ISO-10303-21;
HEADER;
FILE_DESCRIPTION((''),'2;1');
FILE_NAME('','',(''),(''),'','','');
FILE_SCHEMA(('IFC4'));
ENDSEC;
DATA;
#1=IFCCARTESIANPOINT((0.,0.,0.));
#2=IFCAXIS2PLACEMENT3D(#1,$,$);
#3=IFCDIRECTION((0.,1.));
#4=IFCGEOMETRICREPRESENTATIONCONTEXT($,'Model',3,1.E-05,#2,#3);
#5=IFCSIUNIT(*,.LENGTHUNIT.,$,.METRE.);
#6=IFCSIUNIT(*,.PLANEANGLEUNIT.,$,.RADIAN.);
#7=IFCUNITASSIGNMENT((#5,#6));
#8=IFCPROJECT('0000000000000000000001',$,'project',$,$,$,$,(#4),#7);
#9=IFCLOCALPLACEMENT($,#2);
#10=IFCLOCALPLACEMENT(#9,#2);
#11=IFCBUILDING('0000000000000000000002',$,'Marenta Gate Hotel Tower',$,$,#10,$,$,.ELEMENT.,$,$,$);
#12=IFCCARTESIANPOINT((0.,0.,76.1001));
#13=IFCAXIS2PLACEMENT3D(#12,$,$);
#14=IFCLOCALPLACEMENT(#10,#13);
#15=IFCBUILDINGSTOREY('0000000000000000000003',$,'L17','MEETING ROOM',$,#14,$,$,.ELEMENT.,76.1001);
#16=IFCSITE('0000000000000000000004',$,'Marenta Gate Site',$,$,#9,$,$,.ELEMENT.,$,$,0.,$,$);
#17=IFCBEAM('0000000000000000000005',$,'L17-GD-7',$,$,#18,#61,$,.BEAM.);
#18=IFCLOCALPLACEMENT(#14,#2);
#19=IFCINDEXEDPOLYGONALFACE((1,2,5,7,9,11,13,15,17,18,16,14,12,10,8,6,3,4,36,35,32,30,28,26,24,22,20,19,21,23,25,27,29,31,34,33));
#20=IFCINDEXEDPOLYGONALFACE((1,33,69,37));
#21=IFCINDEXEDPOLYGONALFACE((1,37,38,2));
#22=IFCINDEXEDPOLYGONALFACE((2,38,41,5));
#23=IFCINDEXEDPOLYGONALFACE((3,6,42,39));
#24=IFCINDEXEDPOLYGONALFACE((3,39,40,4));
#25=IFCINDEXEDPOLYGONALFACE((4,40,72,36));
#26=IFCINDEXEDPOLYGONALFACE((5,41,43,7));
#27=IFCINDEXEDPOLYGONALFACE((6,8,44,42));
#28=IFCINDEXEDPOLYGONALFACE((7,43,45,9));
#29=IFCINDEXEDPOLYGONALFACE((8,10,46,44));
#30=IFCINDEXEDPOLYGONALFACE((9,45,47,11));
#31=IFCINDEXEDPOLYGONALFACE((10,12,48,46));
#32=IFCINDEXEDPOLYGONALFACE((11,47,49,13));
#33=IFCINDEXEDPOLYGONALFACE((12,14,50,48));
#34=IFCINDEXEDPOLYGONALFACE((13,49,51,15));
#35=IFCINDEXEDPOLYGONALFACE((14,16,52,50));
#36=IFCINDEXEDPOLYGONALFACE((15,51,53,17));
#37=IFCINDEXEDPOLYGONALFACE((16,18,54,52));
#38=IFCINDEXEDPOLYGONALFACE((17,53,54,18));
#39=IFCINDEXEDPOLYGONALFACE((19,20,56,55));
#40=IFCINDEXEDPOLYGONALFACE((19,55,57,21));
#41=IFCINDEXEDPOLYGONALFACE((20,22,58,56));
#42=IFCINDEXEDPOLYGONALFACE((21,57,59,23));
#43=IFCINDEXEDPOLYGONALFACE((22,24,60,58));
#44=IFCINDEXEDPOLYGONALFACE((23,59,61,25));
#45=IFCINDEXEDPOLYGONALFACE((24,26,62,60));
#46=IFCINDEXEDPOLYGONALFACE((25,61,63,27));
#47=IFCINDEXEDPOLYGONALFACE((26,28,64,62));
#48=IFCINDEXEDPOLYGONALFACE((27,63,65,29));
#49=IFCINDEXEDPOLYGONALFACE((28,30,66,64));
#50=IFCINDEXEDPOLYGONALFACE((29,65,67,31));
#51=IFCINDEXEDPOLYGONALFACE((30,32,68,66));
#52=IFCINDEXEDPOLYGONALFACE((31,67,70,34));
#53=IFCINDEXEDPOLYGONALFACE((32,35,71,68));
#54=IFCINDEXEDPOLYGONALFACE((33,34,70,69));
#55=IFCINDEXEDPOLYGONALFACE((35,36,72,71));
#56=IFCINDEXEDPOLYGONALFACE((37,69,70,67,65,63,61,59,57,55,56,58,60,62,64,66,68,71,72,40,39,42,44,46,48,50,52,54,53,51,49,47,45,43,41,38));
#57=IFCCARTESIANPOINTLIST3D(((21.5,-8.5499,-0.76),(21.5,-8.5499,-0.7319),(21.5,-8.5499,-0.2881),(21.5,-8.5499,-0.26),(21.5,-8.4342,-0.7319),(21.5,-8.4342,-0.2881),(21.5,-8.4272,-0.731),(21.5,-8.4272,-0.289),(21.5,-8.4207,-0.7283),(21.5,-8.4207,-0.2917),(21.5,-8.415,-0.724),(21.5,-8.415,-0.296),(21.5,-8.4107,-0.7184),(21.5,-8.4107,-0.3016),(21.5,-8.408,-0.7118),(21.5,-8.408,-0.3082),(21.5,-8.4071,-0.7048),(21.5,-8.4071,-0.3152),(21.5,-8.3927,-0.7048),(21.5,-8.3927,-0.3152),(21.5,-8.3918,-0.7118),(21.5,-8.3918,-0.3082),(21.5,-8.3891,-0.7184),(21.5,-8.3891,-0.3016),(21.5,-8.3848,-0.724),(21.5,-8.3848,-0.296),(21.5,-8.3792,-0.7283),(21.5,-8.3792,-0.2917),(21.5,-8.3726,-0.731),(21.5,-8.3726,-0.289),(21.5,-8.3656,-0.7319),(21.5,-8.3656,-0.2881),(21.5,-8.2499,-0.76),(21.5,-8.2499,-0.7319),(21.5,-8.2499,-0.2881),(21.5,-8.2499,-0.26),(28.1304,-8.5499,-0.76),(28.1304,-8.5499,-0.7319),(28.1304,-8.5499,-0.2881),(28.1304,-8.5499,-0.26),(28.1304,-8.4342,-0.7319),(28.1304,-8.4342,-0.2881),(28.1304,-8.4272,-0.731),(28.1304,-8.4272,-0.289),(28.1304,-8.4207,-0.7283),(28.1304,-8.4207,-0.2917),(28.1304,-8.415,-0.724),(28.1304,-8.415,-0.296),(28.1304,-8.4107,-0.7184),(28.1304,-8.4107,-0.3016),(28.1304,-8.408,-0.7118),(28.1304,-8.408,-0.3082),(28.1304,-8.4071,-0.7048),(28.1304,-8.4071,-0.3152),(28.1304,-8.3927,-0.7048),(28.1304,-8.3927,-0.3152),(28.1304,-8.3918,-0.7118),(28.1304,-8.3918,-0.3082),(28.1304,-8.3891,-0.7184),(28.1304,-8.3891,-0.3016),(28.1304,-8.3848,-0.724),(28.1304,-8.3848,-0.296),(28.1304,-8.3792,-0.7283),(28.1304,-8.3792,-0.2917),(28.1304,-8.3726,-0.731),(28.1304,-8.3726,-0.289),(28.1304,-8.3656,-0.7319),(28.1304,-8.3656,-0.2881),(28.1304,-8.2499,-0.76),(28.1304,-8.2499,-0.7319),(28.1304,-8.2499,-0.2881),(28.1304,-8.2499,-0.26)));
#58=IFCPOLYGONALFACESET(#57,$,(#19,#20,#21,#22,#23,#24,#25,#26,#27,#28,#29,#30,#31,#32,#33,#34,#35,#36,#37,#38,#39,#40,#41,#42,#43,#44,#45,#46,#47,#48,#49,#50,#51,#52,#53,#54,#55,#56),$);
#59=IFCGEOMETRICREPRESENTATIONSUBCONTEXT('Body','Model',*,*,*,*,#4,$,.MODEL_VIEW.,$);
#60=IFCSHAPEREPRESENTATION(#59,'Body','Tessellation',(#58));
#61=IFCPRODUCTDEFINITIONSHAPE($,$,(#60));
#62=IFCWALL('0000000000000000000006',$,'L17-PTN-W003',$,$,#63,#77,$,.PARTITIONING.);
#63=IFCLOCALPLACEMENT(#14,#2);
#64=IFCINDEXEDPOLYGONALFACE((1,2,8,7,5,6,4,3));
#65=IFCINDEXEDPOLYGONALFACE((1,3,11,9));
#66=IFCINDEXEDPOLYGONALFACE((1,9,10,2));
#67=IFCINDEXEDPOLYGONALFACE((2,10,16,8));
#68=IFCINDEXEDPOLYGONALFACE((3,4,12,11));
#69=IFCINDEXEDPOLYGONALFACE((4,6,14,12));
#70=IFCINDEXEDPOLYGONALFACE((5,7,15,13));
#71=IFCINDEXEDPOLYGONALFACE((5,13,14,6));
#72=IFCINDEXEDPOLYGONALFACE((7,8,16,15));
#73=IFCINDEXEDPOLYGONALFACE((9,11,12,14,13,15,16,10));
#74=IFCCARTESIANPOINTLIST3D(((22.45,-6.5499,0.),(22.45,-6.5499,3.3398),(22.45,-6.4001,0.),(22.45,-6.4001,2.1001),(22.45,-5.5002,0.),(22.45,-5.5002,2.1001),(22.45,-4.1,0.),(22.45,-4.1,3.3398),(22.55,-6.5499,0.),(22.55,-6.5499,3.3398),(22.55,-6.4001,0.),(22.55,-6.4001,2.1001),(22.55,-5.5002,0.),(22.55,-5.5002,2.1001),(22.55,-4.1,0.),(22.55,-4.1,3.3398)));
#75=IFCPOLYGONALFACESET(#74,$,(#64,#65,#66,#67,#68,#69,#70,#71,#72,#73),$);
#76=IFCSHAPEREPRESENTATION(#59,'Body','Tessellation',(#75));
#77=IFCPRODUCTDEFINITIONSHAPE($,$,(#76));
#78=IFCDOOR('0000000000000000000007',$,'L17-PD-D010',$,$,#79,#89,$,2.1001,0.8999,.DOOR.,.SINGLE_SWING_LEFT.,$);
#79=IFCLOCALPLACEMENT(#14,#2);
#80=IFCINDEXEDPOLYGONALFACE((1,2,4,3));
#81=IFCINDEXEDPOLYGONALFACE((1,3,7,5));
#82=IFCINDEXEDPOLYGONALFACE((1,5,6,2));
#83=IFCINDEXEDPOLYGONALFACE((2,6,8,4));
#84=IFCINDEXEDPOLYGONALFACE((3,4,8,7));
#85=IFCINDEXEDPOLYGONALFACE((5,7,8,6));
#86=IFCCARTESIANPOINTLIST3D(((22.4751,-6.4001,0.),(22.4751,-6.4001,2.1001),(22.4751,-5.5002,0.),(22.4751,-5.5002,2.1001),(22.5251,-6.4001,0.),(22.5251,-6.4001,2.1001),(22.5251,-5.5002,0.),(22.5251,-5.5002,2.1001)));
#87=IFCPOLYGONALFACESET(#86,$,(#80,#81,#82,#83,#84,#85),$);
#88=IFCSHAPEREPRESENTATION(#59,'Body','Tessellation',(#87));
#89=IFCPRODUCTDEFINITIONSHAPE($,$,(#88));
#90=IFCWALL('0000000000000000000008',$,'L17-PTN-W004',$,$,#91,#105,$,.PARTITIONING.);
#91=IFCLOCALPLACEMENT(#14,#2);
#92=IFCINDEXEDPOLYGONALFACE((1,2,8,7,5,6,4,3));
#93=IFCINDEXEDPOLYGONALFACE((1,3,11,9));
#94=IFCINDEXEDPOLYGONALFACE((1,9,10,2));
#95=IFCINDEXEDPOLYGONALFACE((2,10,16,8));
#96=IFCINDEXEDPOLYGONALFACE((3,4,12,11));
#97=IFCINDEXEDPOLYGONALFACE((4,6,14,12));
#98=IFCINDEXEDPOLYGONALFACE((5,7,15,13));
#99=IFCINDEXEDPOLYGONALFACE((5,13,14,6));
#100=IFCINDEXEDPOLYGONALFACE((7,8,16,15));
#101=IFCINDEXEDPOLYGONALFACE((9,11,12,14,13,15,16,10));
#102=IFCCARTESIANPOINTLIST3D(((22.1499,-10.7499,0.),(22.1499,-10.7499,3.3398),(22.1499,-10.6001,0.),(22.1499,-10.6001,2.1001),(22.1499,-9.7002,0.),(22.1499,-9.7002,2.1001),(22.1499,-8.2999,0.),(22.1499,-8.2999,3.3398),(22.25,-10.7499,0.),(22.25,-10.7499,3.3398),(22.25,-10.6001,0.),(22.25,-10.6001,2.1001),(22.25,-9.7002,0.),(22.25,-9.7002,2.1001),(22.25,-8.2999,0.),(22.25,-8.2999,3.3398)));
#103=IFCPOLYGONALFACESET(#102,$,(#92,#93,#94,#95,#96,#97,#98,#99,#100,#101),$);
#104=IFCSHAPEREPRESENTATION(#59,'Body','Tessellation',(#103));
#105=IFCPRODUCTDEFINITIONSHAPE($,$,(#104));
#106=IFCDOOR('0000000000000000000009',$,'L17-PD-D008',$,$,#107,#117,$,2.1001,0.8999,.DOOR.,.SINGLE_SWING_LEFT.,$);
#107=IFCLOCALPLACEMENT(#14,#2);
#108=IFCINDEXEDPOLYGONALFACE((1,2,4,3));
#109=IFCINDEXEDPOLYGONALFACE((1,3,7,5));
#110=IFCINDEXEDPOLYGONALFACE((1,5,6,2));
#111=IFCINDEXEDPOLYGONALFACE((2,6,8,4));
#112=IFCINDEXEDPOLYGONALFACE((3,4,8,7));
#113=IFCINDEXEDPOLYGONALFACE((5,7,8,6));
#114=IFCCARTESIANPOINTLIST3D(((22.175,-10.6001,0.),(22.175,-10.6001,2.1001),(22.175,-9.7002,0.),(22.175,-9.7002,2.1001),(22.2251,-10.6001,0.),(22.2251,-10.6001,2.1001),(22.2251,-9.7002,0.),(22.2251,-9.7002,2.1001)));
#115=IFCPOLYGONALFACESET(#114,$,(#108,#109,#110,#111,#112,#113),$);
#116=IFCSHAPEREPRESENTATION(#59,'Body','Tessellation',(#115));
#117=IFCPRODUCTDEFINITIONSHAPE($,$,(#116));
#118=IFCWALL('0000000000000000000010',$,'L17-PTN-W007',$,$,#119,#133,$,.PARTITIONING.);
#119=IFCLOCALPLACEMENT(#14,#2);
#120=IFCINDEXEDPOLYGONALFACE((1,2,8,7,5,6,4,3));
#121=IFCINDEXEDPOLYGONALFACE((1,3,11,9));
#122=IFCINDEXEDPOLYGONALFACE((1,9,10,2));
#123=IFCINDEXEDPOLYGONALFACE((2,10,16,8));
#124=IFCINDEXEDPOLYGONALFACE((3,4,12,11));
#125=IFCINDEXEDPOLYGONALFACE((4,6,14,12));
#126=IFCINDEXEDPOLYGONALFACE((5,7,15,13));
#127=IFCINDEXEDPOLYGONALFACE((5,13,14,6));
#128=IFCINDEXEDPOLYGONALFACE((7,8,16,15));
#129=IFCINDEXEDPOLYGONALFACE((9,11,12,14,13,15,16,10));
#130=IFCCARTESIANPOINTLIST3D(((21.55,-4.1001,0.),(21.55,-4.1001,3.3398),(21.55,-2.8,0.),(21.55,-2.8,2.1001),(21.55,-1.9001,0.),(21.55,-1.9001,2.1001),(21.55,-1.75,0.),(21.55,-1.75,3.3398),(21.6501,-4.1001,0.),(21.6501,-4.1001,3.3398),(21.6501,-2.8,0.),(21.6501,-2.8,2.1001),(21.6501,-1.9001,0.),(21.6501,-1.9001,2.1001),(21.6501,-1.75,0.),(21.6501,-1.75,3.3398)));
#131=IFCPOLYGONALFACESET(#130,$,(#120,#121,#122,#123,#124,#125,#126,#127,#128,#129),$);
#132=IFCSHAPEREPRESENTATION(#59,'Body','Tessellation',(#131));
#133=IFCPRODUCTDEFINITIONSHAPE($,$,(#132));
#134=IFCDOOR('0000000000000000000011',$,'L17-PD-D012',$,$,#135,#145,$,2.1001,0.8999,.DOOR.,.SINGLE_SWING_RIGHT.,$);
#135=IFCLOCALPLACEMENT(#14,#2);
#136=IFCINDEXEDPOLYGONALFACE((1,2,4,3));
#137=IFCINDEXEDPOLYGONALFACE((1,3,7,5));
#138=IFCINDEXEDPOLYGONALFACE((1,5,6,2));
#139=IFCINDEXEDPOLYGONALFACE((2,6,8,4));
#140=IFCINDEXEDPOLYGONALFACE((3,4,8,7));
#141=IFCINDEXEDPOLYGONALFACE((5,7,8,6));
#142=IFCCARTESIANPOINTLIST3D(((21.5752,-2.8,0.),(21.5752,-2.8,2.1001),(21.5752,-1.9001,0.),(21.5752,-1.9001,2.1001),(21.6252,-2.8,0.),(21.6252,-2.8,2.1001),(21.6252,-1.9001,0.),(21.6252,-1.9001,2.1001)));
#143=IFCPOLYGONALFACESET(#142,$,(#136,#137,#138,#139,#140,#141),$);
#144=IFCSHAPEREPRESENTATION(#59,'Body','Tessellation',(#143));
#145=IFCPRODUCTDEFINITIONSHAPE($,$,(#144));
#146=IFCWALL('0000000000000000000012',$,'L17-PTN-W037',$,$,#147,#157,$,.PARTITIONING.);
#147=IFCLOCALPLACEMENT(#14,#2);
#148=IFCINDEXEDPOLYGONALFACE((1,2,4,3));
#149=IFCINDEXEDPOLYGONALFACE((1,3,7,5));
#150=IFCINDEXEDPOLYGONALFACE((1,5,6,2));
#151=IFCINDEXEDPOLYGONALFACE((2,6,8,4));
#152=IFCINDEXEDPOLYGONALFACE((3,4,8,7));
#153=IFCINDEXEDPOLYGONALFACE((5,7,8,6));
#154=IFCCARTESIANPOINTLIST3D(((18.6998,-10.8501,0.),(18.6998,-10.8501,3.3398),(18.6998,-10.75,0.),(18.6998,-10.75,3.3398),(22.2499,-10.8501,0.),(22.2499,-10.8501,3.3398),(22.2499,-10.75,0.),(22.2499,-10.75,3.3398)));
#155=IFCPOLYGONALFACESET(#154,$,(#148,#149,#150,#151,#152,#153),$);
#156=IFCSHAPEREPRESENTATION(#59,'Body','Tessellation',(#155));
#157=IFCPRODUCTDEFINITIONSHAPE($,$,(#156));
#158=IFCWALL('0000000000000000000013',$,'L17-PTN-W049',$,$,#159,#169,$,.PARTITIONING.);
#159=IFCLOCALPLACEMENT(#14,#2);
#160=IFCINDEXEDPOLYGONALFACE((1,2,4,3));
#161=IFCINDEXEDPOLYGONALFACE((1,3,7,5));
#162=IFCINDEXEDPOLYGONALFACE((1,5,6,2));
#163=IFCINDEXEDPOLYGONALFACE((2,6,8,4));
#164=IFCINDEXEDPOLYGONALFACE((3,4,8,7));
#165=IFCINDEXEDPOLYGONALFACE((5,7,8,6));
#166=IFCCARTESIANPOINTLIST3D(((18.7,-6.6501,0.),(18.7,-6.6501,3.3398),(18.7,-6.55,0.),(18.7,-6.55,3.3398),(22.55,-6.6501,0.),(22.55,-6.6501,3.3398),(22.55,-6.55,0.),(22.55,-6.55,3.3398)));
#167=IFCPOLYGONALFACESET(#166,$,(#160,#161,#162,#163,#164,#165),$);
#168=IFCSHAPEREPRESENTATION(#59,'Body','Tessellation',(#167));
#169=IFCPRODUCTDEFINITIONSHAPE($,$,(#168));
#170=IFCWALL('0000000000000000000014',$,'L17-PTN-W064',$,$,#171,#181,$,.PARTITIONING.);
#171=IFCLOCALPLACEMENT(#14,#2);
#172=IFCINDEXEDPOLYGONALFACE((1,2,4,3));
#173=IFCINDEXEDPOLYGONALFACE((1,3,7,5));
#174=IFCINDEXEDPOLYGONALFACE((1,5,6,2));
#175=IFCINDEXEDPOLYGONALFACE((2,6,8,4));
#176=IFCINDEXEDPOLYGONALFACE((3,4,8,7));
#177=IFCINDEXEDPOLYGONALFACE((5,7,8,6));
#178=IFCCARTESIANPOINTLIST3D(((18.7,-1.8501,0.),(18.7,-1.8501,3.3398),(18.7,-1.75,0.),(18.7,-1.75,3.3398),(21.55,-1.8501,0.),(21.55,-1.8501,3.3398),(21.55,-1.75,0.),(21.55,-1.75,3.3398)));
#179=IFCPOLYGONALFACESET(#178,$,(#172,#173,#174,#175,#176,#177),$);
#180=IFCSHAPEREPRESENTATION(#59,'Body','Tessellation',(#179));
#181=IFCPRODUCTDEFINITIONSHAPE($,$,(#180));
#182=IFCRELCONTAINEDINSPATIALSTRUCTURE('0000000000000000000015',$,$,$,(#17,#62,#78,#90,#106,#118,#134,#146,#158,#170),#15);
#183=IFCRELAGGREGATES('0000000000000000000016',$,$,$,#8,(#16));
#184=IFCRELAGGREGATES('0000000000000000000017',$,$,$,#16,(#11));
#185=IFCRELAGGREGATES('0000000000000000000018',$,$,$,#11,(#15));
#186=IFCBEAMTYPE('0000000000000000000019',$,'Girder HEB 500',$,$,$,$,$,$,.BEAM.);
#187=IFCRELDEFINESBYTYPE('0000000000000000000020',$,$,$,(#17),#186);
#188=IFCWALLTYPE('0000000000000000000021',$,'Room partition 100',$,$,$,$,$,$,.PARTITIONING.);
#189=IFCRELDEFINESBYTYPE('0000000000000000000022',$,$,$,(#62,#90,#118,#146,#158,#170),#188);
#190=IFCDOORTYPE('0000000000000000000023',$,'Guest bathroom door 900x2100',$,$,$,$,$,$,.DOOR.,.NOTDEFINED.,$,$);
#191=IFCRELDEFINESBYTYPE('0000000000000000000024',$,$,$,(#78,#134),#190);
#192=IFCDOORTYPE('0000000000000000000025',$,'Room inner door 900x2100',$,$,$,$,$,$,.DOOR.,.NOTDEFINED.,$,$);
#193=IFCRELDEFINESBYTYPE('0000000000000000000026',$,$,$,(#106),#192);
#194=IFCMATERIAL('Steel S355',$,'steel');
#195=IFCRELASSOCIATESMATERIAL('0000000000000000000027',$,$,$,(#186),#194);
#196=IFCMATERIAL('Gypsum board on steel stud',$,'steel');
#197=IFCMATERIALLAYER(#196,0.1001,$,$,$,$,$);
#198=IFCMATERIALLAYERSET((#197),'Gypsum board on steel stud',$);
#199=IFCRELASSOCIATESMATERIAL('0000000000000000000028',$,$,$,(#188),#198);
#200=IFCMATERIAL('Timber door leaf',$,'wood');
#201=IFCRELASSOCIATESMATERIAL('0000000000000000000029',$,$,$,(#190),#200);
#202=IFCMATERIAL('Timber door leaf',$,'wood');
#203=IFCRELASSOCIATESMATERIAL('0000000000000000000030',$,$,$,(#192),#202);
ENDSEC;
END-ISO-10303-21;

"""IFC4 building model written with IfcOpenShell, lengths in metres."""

from ifc_helpers import new_model, si_unit, direction, frame, frame_2d, origin, origin_2d, place, context, subcontext, project, spatial, rectangle, i_section, extrude, material, layer, layer_set, material_profile, profile_set, type_object, element, fill, save


model = new_model("IFC4")

# Units and contexts
model_context = context("Model", 3, precision=1e-05, world=origin(), true_north=direction((0.0, 1.0)))
body_context = subcontext(model_context, "Body", "Model", "MODEL_VIEW")
ifc_project = project(units=[si_unit("LENGTHUNIT", "METRE"), si_unit("PLANEANGLEUNIT", "RADIAN")], contexts=[model_context])

# Site, building, storey
site_placement = place(None, origin())
site = spatial("IfcSite", under=ifc_project, at=site_placement, Name="Marenta Gate Site", CompositionType="ELEMENT", RefElevation=0.0)
building_placement = place(site_placement, origin())
building = spatial("IfcBuilding", under=site, at=building_placement, Name="Marenta Gate Hotel Tower", CompositionType="ELEMENT")
storey_placement = place(building_placement, frame((0.0, 0.0, 76.1001)))
storey = spatial("IfcBuildingStorey", under=building, at=storey_placement, Name="L17", Description="MEETING ROOM", CompositionType="ELEMENT", Elevation=76.1001)

# Beam
ifc_material_1 = material(Name="Steel S355", Category="steel")
ifc_material_profile_1 = material_profile(ifc_material_1, i_section(OverallWidth=0.3, OverallDepth=0.5, WebThickness=0.0144, FlangeThickness=0.0281, FilletRadius=0.0271, at=origin_2d()), Name="HEB 500")
ifc_profile_set_1 = profile_set([ifc_material_profile_1], Name="Steel S355")
beam_type_1 = type_object("IfcBeamType", Name="Girder HEB 500", PredefinedType="BEAM", material=ifc_profile_set_1)
beam_1_placement = place(storey_placement, frame((21.5, -8.3999, -0.51), z_axis=(1.0, 0.0, 0.0), x_axis=(0.0, 1.0, 0.0)))
element("IfcBeam", 1, at=beam_1_placement, inside=storey, type_object=beam_type_1, Name="L17-GD-7", PredefinedType="BEAM", context=body_context, shape_type="SweptSolid", body=[
    extrude(i_section(OverallWidth=0.3, OverallDepth=0.5, WebThickness=0.0144, FlangeThickness=0.0281, FilletRadius=0.0271, at=origin_2d()), origin(), (0.0, 0.0, 1.0), 6.6304),
])

# Walls, openings, doors
ifc_material_2 = material(Name="Gypsum board on steel stud", Category="steel")
ifc_layer_1 = layer(ifc_material_2, 0.1001)
ifc_layer_set_1 = layer_set([ifc_layer_1], Name="Gypsum board on steel stud")
wall_type_1 = type_object("IfcWallType", Name="Room partition 100", PredefinedType="PARTITIONING", material=ifc_layer_set_1)
wall_1_placement = place(storey_placement, frame((22.5, -6.55, 0.0), z_axis=(0.0, 0.0, 1.0), x_axis=(0.0, 1.0, 0.0)))
wall_1 = element("IfcWall", 2, at=wall_1_placement, inside=storey, type_object=wall_type_1, Name="L17-PTN-W003", PredefinedType="PARTITIONING", context=body_context, shape_type="SweptSolid", body=[
    extrude(rectangle(XDim=2.45, YDim=0.1001, at=frame_2d((1.2251, 0.0))), origin(), (0.0, 0.0, 1.0), 3.3398),
])
opening_1_placement = place(wall_1_placement, frame((0.1499, 0.0, 0.0)))
opening_1 = element("IfcOpeningElement", 3, at=opening_1_placement, cuts=wall_1, PredefinedType="OPENING", context=body_context, shape_type="SweptSolid", body=[
    extrude(rectangle(XDim=0.8999, YDim=2.1001, at=frame_2d((0.45, 1.05))), frame((0.0, 0.05, 0.0), z_axis=(0.0, -1.0, 0.0), x_axis=(1.0, 0.0, 0.0)), (0.0, 0.0, 1.0), 0.1001),
])
ifc_material_3 = material(Name="Timber door leaf", Category="wood")
door_type_1 = type_object("IfcDoorType", Name="Guest bathroom door 900x2100", OperationType="NOTDEFINED", PredefinedType="DOOR", material=ifc_material_3)
door_1_placement = place(opening_1_placement, origin())
door_1 = element("IfcDoor", 4, at=door_1_placement, inside=storey, type_object=door_type_1, Name="L17-PD-D010", OperationType="SINGLE_SWING_LEFT", OverallHeight=2.1001, OverallWidth=0.8999, PredefinedType="DOOR", context=body_context, shape_type="SweptSolid", body=[
    extrude(rectangle(XDim=0.8999, YDim=2.1001, at=frame_2d((0.45, 1.05))), frame((0.0, 0.0249, 0.0), z_axis=(0.0, -1.0, 0.0), x_axis=(1.0, 0.0, 0.0)), (0.0, 0.0, 1.0), 0.05),
])
fill(opening_1, door_1)
wall_2_placement = place(storey_placement, frame((22.2, -10.75, 0.0), z_axis=(0.0, 0.0, 1.0), x_axis=(0.0, 1.0, 0.0)))
wall_2 = element("IfcWall", 5, at=wall_2_placement, inside=storey, type_object=wall_type_1, Name="L17-PTN-W004", PredefinedType="PARTITIONING", context=body_context, shape_type="SweptSolid", body=[
    extrude(rectangle(XDim=2.45, YDim=0.1001, at=frame_2d((1.2251, 0.0))), origin(), (0.0, 0.0, 1.0), 3.3398),
])
opening_2_placement = place(wall_2_placement, frame((0.1499, 0.0, 0.0)))
opening_2 = element("IfcOpeningElement", 6, at=opening_2_placement, cuts=wall_2, PredefinedType="OPENING", context=body_context, shape_type="SweptSolid", body=[
    extrude(rectangle(XDim=0.8999, YDim=2.1001, at=frame_2d((0.45, 1.05))), frame((0.0, 0.05, 0.0), z_axis=(0.0, -1.0, 0.0), x_axis=(1.0, 0.0, 0.0)), (0.0, 0.0, 1.0), 0.1001),
])
ifc_material_4 = material(Name="Timber door leaf", Category="wood")
door_type_2 = type_object("IfcDoorType", Name="Room inner door 900x2100", OperationType="NOTDEFINED", PredefinedType="DOOR", material=ifc_material_4)
door_2_placement = place(opening_2_placement, origin())
door_2 = element("IfcDoor", 7, at=door_2_placement, inside=storey, type_object=door_type_2, Name="L17-PD-D008", OperationType="SINGLE_SWING_LEFT", OverallHeight=2.1001, OverallWidth=0.8999, PredefinedType="DOOR", context=body_context, shape_type="SweptSolid", body=[
    extrude(rectangle(XDim=0.8999, YDim=2.1001, at=frame_2d((0.45, 1.05))), frame((0.0, 0.0249, 0.0), z_axis=(0.0, -1.0, 0.0), x_axis=(1.0, 0.0, 0.0)), (0.0, 0.0, 1.0), 0.05),
])
fill(opening_2, door_2)
wall_3_placement = place(storey_placement, frame((21.6001, -4.1001, 0.0), z_axis=(0.0, 0.0, 1.0), x_axis=(0.0, 1.0, 0.0)))
wall_3 = element("IfcWall", 8, at=wall_3_placement, inside=storey, type_object=wall_type_1, Name="L17-PTN-W007", PredefinedType="PARTITIONING", context=body_context, shape_type="SweptSolid", body=[
    extrude(rectangle(XDim=2.3501, YDim=0.1001, at=frame_2d((1.175, 0.0))), origin(), (0.0, 0.0, 1.0), 3.3398),
])
opening_3_placement = place(wall_3_placement, frame((1.3, 0.0, 0.0)))
opening_3 = element("IfcOpeningElement", 9, at=opening_3_placement, cuts=wall_3, PredefinedType="OPENING", context=body_context, shape_type="SweptSolid", body=[
    extrude(rectangle(XDim=0.8999, YDim=2.1001, at=frame_2d((0.45, 1.05))), frame((0.0, 0.05, 0.0), z_axis=(0.0, -1.0, 0.0), x_axis=(1.0, 0.0, 0.0)), (0.0, 0.0, 1.0), 0.1001),
])
door_3_placement = place(opening_3_placement, origin())
door_3 = element("IfcDoor", 10, at=door_3_placement, inside=storey, type_object=door_type_1, Name="L17-PD-D012", OperationType="SINGLE_SWING_RIGHT", OverallHeight=2.1001, OverallWidth=0.8999, PredefinedType="DOOR", context=body_context, shape_type="SweptSolid", body=[
    extrude(rectangle(XDim=0.8999, YDim=2.1001, at=frame_2d((0.45, 1.05))), frame((0.0, 0.0249, 0.0), z_axis=(0.0, -1.0, 0.0), x_axis=(1.0, 0.0, 0.0)), (0.0, 0.0, 1.0), 0.05),
])
fill(opening_3, door_3)

# Walls
wall_4_placement = place(storey_placement, frame((18.7, -10.8, 0.0), z_axis=(0.0, 0.0, 1.0), x_axis=(1.0, 0.0, 0.0)))
element("IfcWall", 11, at=wall_4_placement, inside=storey, type_object=wall_type_1, Name="L17-PTN-W037", PredefinedType="PARTITIONING", context=body_context, shape_type="SweptSolid", body=[
    extrude(rectangle(XDim=3.55, YDim=0.1001, at=frame_2d((1.7749, 0.0))), origin(), (0.0, 0.0, 1.0), 3.3398),
])
wall_5_placement = place(storey_placement, frame((18.7, -6.6001, 0.0), z_axis=(0.0, 0.0, 1.0), x_axis=(1.0, 0.0, 0.0)))
element("IfcWall", 12, at=wall_5_placement, inside=storey, type_object=wall_type_1, Name="L17-PTN-W049", PredefinedType="PARTITIONING", context=body_context, shape_type="SweptSolid", body=[
    extrude(rectangle(XDim=3.8501, YDim=0.1001, at=frame_2d((1.925, 0.0))), origin(), (0.0, 0.0, 1.0), 3.3398),
])
wall_6_placement = place(storey_placement, frame((18.7, -1.8, 0.0), z_axis=(0.0, 0.0, 1.0), x_axis=(1.0, 0.0, 0.0)))
element("IfcWall", 13, at=wall_6_placement, inside=storey, type_object=wall_type_1, Name="L17-PTN-W064", PredefinedType="PARTITIONING", context=body_context, shape_type="SweptSolid", body=[
    extrude(rectangle(XDim=2.8501, YDim=0.1001, at=frame_2d((1.425, 0.0))), origin(), (0.0, 0.0, 1.0), 3.3398),
])

save(model, "model.ifc")
